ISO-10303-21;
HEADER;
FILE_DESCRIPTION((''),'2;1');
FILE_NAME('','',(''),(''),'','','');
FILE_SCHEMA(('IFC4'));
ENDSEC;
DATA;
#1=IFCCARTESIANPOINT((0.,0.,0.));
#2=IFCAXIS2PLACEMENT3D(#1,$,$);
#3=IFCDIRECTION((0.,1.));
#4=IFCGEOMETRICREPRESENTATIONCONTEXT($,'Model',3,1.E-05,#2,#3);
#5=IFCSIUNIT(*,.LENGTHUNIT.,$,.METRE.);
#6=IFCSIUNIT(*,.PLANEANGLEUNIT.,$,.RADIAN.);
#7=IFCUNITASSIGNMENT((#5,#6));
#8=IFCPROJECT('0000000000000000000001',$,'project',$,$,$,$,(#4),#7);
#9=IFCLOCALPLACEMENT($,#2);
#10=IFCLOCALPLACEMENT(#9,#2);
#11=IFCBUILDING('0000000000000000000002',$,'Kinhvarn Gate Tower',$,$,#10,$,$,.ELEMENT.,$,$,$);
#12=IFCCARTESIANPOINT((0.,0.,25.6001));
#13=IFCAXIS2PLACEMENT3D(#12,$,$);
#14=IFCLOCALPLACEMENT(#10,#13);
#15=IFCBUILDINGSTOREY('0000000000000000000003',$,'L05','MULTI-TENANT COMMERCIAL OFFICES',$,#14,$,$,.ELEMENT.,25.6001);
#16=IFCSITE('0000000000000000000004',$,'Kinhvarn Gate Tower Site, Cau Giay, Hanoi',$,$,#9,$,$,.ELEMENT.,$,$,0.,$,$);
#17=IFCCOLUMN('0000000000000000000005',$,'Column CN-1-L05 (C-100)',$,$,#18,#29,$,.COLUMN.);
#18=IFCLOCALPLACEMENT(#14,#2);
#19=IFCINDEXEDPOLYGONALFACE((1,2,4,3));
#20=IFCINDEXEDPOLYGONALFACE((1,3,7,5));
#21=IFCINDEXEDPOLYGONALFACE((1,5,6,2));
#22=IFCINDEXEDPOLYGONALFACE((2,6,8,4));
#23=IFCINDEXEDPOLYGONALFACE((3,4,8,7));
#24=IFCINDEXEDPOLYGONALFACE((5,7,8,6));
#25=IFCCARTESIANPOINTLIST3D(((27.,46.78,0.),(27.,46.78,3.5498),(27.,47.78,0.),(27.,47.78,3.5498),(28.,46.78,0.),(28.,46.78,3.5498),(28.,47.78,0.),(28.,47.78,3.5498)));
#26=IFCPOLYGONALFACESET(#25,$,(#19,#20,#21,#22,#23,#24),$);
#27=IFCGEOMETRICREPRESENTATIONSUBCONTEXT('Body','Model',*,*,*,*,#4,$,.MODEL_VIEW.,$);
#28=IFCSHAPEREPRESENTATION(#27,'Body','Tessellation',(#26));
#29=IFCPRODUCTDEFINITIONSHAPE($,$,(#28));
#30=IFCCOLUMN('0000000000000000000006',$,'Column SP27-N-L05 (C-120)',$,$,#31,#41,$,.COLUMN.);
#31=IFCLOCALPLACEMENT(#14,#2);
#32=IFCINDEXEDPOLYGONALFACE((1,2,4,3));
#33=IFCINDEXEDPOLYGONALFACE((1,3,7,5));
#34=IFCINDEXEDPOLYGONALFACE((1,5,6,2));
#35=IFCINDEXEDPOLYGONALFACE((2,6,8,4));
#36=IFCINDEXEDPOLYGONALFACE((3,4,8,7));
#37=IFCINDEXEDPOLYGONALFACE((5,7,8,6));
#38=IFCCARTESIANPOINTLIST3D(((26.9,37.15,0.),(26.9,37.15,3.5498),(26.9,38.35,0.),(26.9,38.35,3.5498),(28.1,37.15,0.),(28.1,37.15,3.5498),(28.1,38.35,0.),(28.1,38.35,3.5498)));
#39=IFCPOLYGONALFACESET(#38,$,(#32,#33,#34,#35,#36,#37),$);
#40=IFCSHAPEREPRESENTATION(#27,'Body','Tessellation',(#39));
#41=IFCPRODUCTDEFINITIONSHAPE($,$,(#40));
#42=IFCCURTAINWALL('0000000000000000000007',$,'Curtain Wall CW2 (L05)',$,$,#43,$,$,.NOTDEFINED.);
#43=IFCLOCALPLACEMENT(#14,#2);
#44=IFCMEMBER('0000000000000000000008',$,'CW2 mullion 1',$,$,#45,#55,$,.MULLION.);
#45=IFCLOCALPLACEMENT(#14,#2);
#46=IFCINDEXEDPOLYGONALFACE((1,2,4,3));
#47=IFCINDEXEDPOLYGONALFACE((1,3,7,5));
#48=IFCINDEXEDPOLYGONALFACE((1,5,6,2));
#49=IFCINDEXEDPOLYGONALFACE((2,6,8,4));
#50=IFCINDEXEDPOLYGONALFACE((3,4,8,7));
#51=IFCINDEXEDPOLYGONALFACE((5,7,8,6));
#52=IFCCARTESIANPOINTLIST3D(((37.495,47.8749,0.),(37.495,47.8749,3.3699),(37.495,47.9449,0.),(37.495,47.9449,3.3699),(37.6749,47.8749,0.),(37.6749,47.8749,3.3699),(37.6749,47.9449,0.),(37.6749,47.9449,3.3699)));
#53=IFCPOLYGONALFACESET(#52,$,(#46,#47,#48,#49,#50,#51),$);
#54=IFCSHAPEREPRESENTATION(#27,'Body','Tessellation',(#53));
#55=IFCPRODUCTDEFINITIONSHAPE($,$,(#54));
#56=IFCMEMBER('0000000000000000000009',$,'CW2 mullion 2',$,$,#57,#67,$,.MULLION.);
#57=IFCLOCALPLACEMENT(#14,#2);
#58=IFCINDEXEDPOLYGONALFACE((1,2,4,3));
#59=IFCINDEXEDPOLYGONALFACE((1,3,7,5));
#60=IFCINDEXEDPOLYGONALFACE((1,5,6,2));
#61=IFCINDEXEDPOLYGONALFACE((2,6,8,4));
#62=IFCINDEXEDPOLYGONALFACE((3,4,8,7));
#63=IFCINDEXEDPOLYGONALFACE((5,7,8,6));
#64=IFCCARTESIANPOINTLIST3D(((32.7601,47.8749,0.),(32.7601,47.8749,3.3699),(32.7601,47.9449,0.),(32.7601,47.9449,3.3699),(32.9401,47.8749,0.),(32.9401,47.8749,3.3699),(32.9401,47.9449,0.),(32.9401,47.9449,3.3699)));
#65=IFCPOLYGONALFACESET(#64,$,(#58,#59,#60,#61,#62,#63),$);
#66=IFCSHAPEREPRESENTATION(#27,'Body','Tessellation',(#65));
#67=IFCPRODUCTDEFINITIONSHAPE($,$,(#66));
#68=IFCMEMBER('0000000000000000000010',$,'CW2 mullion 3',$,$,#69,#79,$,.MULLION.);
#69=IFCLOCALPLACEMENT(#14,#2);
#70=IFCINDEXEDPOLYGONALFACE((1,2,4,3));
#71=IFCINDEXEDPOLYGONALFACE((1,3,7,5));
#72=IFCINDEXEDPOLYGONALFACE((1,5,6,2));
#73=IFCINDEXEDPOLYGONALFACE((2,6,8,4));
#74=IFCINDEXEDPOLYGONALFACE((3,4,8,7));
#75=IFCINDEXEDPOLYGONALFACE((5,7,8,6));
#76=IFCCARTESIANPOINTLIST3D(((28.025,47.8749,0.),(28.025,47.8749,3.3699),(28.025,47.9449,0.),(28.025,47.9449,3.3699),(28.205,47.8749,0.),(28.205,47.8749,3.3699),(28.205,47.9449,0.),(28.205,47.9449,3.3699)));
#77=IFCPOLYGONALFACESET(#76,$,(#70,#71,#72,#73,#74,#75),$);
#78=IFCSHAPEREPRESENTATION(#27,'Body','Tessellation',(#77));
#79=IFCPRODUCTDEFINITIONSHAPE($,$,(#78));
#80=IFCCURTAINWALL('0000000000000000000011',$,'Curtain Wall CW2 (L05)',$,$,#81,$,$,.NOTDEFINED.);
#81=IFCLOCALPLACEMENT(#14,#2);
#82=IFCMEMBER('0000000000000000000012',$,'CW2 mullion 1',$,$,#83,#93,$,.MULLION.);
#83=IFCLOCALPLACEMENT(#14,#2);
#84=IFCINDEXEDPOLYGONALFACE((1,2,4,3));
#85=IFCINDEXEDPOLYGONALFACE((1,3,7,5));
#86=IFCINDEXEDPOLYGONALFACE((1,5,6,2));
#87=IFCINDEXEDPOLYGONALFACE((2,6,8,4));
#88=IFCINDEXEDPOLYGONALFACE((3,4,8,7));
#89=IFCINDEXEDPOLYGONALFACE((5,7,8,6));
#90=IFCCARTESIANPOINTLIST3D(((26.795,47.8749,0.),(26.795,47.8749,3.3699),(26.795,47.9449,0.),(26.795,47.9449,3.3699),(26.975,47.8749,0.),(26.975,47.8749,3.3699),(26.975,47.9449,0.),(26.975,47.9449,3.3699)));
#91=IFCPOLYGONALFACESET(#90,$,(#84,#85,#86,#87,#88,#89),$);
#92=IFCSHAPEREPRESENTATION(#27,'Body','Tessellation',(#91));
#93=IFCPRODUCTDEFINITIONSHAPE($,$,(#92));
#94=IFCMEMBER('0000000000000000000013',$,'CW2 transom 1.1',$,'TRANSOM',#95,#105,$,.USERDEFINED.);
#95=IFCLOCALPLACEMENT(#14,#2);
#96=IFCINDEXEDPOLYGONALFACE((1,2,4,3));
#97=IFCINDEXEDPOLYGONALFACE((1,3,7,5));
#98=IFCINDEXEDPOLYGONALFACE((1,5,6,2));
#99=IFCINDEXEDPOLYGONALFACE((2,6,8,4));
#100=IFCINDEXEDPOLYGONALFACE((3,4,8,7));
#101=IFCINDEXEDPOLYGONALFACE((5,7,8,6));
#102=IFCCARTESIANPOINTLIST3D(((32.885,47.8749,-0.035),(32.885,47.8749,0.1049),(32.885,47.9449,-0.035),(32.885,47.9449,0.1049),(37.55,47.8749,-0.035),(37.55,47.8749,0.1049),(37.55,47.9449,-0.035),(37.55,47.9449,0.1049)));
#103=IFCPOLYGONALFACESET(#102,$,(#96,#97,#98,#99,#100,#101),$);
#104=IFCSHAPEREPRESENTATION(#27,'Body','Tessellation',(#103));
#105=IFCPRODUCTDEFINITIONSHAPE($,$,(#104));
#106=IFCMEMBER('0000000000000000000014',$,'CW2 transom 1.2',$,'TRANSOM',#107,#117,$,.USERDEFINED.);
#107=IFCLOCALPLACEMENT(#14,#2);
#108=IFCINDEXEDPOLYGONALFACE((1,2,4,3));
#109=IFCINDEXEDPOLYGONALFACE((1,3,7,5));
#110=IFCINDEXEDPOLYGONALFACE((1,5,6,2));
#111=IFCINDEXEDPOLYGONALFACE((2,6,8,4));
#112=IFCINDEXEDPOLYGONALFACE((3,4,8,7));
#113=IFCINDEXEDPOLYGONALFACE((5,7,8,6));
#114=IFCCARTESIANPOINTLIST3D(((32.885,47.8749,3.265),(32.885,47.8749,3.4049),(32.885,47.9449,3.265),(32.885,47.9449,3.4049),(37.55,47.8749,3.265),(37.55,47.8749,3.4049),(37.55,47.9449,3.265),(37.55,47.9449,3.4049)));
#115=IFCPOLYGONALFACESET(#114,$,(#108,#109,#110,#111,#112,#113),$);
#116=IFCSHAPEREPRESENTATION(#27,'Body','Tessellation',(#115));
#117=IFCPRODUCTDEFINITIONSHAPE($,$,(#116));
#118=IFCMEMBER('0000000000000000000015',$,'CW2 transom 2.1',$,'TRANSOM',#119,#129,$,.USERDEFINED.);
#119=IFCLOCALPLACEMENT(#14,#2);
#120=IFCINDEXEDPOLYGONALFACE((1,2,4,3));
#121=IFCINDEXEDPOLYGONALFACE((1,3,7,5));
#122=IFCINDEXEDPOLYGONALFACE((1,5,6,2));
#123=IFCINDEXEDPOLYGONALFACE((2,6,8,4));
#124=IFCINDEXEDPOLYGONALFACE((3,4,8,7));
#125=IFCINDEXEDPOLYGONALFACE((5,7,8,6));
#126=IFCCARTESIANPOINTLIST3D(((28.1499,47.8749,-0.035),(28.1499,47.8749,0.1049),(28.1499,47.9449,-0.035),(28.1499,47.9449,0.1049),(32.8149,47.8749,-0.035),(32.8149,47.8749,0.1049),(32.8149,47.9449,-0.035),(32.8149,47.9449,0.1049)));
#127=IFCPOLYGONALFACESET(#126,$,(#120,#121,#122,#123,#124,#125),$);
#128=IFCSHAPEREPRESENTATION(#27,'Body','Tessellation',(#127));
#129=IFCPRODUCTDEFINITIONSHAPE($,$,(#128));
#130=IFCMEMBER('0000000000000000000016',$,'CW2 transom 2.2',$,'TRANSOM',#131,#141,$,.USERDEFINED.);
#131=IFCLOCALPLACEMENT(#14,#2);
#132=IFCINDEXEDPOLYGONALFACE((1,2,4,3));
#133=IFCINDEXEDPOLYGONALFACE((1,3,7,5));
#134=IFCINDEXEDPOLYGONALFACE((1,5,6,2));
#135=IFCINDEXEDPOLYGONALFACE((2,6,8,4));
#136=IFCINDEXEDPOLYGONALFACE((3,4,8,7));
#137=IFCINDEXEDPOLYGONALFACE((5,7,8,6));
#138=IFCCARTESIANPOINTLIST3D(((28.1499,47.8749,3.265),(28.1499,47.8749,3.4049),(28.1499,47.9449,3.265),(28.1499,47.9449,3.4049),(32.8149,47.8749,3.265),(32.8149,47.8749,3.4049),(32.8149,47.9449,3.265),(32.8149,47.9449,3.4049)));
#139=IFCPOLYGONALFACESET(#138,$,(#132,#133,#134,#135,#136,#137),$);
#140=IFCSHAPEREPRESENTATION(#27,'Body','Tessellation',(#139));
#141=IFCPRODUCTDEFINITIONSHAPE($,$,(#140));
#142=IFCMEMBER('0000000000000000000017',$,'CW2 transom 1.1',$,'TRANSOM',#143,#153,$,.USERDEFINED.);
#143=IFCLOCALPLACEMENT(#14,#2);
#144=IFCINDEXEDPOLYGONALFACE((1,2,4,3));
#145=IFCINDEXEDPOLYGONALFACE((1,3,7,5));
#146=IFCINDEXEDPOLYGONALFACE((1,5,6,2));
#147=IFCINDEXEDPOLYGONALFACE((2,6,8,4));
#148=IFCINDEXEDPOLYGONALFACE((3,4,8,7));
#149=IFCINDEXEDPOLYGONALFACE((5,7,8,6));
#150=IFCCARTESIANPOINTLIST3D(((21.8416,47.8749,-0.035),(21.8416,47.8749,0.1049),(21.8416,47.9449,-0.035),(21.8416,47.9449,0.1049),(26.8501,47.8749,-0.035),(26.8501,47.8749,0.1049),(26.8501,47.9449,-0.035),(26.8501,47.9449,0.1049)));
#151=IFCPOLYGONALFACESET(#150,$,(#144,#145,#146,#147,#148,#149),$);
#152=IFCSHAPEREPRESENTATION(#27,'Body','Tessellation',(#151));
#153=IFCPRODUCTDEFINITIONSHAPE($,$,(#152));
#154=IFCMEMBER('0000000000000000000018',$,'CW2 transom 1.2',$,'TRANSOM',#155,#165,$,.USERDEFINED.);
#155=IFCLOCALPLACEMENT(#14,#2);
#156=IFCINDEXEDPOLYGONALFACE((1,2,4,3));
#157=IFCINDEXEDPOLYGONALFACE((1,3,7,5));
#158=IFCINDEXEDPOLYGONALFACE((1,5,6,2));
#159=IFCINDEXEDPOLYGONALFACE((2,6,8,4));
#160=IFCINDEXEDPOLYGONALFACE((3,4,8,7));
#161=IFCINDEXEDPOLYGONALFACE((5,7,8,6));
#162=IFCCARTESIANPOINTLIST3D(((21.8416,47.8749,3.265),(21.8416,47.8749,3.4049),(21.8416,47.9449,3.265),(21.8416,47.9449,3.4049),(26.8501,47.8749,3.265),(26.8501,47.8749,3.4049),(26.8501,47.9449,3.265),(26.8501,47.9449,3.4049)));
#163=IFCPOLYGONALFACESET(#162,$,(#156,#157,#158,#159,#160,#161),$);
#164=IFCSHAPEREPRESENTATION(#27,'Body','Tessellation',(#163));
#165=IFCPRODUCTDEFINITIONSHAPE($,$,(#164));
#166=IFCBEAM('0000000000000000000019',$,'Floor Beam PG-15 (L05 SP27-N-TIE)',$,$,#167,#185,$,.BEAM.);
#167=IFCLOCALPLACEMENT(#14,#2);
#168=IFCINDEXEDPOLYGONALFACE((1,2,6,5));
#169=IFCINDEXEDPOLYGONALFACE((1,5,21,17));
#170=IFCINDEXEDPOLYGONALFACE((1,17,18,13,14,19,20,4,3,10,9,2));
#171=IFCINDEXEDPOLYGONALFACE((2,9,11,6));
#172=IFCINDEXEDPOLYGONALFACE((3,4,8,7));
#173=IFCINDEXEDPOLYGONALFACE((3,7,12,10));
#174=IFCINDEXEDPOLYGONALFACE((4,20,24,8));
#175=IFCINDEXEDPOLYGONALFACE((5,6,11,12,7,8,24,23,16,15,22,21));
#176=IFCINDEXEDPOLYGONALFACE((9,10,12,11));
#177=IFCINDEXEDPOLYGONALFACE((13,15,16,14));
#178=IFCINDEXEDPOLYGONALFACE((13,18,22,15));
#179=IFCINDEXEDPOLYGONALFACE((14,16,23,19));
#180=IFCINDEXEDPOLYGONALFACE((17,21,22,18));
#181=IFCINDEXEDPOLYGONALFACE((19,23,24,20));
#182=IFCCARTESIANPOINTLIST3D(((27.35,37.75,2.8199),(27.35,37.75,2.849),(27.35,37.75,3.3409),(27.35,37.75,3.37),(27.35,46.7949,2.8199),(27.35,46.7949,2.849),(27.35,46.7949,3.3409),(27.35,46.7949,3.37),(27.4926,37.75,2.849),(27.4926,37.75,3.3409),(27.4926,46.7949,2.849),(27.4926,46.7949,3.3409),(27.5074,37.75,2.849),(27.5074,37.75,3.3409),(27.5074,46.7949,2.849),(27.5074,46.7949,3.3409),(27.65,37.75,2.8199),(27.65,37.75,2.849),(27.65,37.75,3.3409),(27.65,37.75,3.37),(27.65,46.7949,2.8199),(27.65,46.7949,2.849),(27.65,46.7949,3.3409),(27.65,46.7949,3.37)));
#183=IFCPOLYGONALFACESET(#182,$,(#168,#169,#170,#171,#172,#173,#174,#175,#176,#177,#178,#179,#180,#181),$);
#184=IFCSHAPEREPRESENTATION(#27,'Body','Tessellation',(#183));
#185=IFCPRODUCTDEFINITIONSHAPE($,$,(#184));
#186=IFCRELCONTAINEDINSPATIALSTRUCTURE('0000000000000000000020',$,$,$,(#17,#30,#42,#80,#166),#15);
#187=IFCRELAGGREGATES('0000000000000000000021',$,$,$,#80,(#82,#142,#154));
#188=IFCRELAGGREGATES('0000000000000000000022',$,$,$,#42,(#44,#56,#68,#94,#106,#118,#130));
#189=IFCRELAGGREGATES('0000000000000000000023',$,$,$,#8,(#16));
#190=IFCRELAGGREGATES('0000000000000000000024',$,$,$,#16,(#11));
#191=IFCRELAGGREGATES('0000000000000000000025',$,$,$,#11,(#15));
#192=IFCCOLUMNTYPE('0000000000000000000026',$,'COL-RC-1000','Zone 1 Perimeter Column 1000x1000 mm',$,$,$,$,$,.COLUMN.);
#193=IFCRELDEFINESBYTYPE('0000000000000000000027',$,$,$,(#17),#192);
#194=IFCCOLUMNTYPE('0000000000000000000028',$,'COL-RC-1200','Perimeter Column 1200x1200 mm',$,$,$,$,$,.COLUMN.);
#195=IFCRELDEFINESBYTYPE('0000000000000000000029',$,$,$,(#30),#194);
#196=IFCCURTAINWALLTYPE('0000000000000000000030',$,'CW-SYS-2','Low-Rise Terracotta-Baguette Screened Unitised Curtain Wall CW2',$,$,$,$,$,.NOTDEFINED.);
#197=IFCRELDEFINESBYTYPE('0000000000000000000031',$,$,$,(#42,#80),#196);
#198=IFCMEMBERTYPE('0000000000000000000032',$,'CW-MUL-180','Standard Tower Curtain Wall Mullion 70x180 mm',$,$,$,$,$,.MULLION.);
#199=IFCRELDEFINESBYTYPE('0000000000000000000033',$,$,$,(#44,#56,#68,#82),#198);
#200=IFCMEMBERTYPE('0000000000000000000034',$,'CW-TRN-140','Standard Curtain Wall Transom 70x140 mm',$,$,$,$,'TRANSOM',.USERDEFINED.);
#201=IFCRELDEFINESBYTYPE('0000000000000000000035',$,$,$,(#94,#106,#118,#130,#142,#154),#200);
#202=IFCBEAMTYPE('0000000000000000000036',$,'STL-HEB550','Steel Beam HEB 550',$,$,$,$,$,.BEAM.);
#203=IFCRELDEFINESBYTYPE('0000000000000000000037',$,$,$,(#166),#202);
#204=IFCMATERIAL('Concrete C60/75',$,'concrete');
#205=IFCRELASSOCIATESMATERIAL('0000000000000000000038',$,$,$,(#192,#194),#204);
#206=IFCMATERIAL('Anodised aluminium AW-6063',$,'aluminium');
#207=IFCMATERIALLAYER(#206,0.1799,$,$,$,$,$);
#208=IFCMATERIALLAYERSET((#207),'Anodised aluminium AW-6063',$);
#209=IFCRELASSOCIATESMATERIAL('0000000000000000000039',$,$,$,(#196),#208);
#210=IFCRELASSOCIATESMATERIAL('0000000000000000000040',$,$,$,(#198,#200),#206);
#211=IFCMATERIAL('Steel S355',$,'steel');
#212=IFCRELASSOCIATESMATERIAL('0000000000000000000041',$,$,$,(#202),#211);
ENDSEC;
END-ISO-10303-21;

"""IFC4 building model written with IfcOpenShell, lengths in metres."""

from ifc_helpers import new_model, si_unit, direction, frame, origin, origin_2d, place, context, subcontext, project, spatial, rectangle, i_section, extrude, material, layer, layer_set, material_profile, profile_set, type_object, element, aggregate, save


model = new_model("IFC4")

# Units and contexts
model_context = context("Model", 3, precision=1e-05, world=origin(), true_north=direction((0.0, 1.0)))
body_context = subcontext(model_context, "Body", "Model", "MODEL_VIEW")
ifc_project = project(units=[si_unit("LENGTHUNIT", "METRE"), si_unit("PLANEANGLEUNIT", "RADIAN")], contexts=[model_context])

# Site, building, storey
site_placement = place(None, origin())
site = spatial("IfcSite", under=ifc_project, at=site_placement, Name="Kinhvarn Gate Tower Site, Cau Giay, Hanoi", CompositionType="ELEMENT", RefElevation=0.0)
building_placement = place(site_placement, origin())
building = spatial("IfcBuilding", under=site, at=building_placement, Name="Kinhvarn Gate Tower", CompositionType="ELEMENT")
storey_placement = place(building_placement, frame((0.0, 0.0, 25.6001)))
storey = spatial("IfcBuildingStorey", under=building, at=storey_placement, Name="L05", Description="MULTI-TENANT COMMERCIAL OFFICES", CompositionType="ELEMENT", Elevation=25.6001)

# Columns
ifc_material_1 = material(Name="Concrete C60/75", Category="concrete")
ifc_material_profile_1 = material_profile(ifc_material_1, rectangle(XDim=1.0, YDim=1.0, at=origin_2d()), Name="RC 1000x1000")
ifc_profile_set_1 = profile_set([ifc_material_profile_1], Name="Concrete C60/75")
column_type_1 = type_object("IfcColumnType", Name="COL-RC-1000", Description="Zone 1 Perimeter Column 1000x1000 mm", PredefinedType="COLUMN", material=ifc_profile_set_1)
column_1_placement = place(storey_placement, frame((27.5, 47.28, 0.0), z_axis=(0.0, 0.0, 1.0), x_axis=(1.0, 0.0, 0.0)))
element("IfcColumn", 1, at=column_1_placement, inside=storey, type_object=column_type_1, Name="Column CN-1-L05 (C-100)", PredefinedType="COLUMN", context=body_context, shape_type="SweptSolid", body=[
    extrude(rectangle(XDim=1.0, YDim=1.0, at=origin_2d()), origin(), (0.0, 0.0, 1.0), 3.5498),
])
ifc_material_profile_2 = material_profile(ifc_material_1, rectangle(XDim=1.2, YDim=1.2, at=origin_2d()), Name="RC 1200x1200")
ifc_profile_set_2 = profile_set([ifc_material_profile_2], Name="Concrete C60/75")
column_type_2 = type_object("IfcColumnType", Name="COL-RC-1200", Description="Perimeter Column 1200x1200 mm", PredefinedType="COLUMN", material=ifc_profile_set_2)
column_2_placement = place(storey_placement, frame((27.5, 37.75, 0.0), z_axis=(0.0, 0.0, 1.0), x_axis=(1.0, 0.0, 0.0)))
element("IfcColumn", 2, at=column_2_placement, inside=storey, type_object=column_type_2, Name="Column SP27-N-L05 (C-120)", PredefinedType="COLUMN", context=body_context, shape_type="SweptSolid", body=[
    extrude(rectangle(XDim=1.2, YDim=1.2, at=origin_2d()), origin(), (0.0, 0.0, 1.0), 3.5498),
])

# Curtain wall, members
ifc_material_2 = material(Name="Anodised aluminium AW-6063", Category="aluminium")
ifc_layer_1 = layer(ifc_material_2, 0.1799)
ifc_layer_set_1 = layer_set([ifc_layer_1], Name="Anodised aluminium AW-6063")
curtain_wall_type = type_object("IfcCurtainWallType", Name="CW-SYS-2", Description="Low-Rise Terracotta-Baguette Screened Unitised Curtain Wall CW2", PredefinedType="NOTDEFINED", material=ifc_layer_set_1)
curtain_wall_1_placement = place(storey_placement, origin())
curtain_wall_1 = element("IfcCurtainWall", 3, at=curtain_wall_1_placement, inside=storey, type_object=curtain_wall_type, Name="Curtain Wall CW2 (L05)", PredefinedType="NOTDEFINED")
ifc_material_profile_3 = material_profile(ifc_material_2, rectangle(XDim=0.0701, YDim=0.1799, at=origin_2d()), Name="ALU 70x180")
ifc_profile_set_3 = profile_set([ifc_material_profile_3], Name="Anodised aluminium AW-6063")
member_type_1 = type_object("IfcMemberType", Name="CW-MUL-180", Description="Standard Tower Curtain Wall Mullion 70x180 mm", PredefinedType="MULLION", material=ifc_profile_set_3)
member_1_placement = place(storey_placement, frame((37.585, 47.9099, 0.0), z_axis=(0.0, 0.0, 1.0), x_axis=(0.0, -1.0, 0.0)))
member_1 = element("IfcMember", 4, at=member_1_placement, type_object=member_type_1, Name="CW2 mullion 1", PredefinedType="MULLION", context=body_context, shape_type="SweptSolid", body=[
    extrude(rectangle(XDim=0.0701, YDim=0.1799, at=origin_2d()), origin(), (0.0, 0.0, 1.0), 3.3699),
])
member_2_placement = place(storey_placement, frame((32.8501, 47.9099, 0.0), z_axis=(0.0, 0.0, 1.0), x_axis=(0.0, -1.0, 0.0)))
member_2 = element("IfcMember", 5, at=member_2_placement, type_object=member_type_1, Name="CW2 mullion 2", PredefinedType="MULLION", context=body_context, shape_type="SweptSolid", body=[
    extrude(rectangle(XDim=0.0701, YDim=0.1799, at=origin_2d()), origin(), (0.0, 0.0, 1.0), 3.3699),
])
member_3_placement = place(storey_placement, frame((28.115, 47.9099, 0.0), z_axis=(0.0, 0.0, 1.0), x_axis=(0.0, -1.0, 0.0)))
member_3 = element("IfcMember", 6, at=member_3_placement, type_object=member_type_1, Name="CW2 mullion 3", PredefinedType="MULLION", context=body_context, shape_type="SweptSolid", body=[
    extrude(rectangle(XDim=0.0701, YDim=0.1799, at=origin_2d()), origin(), (0.0, 0.0, 1.0), 3.3699),
])

# Curtain wall, member
curtain_wall_2_placement = place(storey_placement, origin())
curtain_wall_2 = element("IfcCurtainWall", 7, at=curtain_wall_2_placement, inside=storey, type_object=curtain_wall_type, Name="Curtain Wall CW2 (L05)", PredefinedType="NOTDEFINED")
member_4_placement = place(storey_placement, frame((26.885, 47.9099, 0.0), z_axis=(0.0, 0.0, 1.0), x_axis=(0.0, -1.0, 0.0)))
member_4 = element("IfcMember", 8, at=member_4_placement, type_object=member_type_1, Name="CW2 mullion 1", PredefinedType="MULLION", context=body_context, shape_type="SweptSolid", body=[
    extrude(rectangle(XDim=0.0701, YDim=0.1799, at=origin_2d()), origin(), (0.0, 0.0, 1.0), 3.3699),
])

# Members
ifc_material_profile_4 = material_profile(ifc_material_2, rectangle(XDim=0.0701, YDim=0.1399, at=origin_2d()), Name="ALU 70x140")
ifc_profile_set_4 = profile_set([ifc_material_profile_4], Name="Anodised aluminium AW-6063")
member_type_2 = type_object("IfcMemberType", Name="CW-TRN-140", Description="Standard Curtain Wall Transom 70x140 mm", ElementType="TRANSOM", PredefinedType="USERDEFINED", material=ifc_profile_set_4)
member_5_placement = place(storey_placement, frame((37.55, 47.9099, 0.0349), z_axis=(-1.0, 0.0, 0.0), x_axis=(0.0, -1.0, 0.0)))
member_5 = element("IfcMember", 9, at=member_5_placement, type_object=member_type_2, Name="CW2 transom 1.1", ObjectType="TRANSOM", PredefinedType="USERDEFINED", context=body_context, shape_type="SweptSolid", body=[
    extrude(rectangle(XDim=0.0701, YDim=0.1399, at=origin_2d()), origin(), (0.0, 0.0, 1.0), 4.665),
])
member_6_placement = place(storey_placement, frame((37.55, 47.9099, 3.335), z_axis=(-1.0, 0.0, 0.0), x_axis=(0.0, -1.0, 0.0)))
member_6 = element("IfcMember", 10, at=member_6_placement, type_object=member_type_2, Name="CW2 transom 1.2", ObjectType="TRANSOM", PredefinedType="USERDEFINED", context=body_context, shape_type="SweptSolid", body=[
    extrude(rectangle(XDim=0.0701, YDim=0.1399, at=origin_2d()), origin(), (0.0, 0.0, 1.0), 4.665),
])
member_7_placement = place(storey_placement, frame((32.8149, 47.9099, 0.0349), z_axis=(-1.0, 0.0, 0.0), x_axis=(0.0, -1.0, 0.0)))
member_7 = element("IfcMember", 11, at=member_7_placement, type_object=member_type_2, Name="CW2 transom 2.1", ObjectType="TRANSOM", PredefinedType="USERDEFINED", context=body_context, shape_type="SweptSolid", body=[
    extrude(rectangle(XDim=0.0701, YDim=0.1399, at=origin_2d()), origin(), (0.0, 0.0, 1.0), 4.665),
])
member_8_placement = place(storey_placement, frame((32.8149, 47.9099, 3.335), z_axis=(-1.0, 0.0, 0.0), x_axis=(0.0, -1.0, 0.0)))
member_8 = element("IfcMember", 12, at=member_8_placement, type_object=member_type_2, Name="CW2 transom 2.2", ObjectType="TRANSOM", PredefinedType="USERDEFINED", context=body_context, shape_type="SweptSolid", body=[
    extrude(rectangle(XDim=0.0701, YDim=0.1399, at=origin_2d()), origin(), (0.0, 0.0, 1.0), 4.665),
])
member_9_placement = place(storey_placement, frame((26.8501, 47.9099, 0.0349), z_axis=(-1.0, 0.0, 0.0), x_axis=(0.0, -1.0, 0.0)))
member_9 = element("IfcMember", 13, at=member_9_placement, type_object=member_type_2, Name="CW2 transom 1.1", ObjectType="TRANSOM", PredefinedType="USERDEFINED", context=body_context, shape_type="SweptSolid", body=[
    extrude(rectangle(XDim=0.0701, YDim=0.1399, at=origin_2d()), origin(), (0.0, 0.0, 1.0), 5.0085),
])
member_10_placement = place(storey_placement, frame((26.8501, 47.9099, 3.335), z_axis=(-1.0, 0.0, 0.0), x_axis=(0.0, -1.0, 0.0)))
member_10 = element("IfcMember", 14, at=member_10_placement, type_object=member_type_2, Name="CW2 transom 1.2", ObjectType="TRANSOM", PredefinedType="USERDEFINED", context=body_context, shape_type="SweptSolid", body=[
    extrude(rectangle(XDim=0.0701, YDim=0.1399, at=origin_2d()), origin(), (0.0, 0.0, 1.0), 5.0085),
])
aggregate(curtain_wall_2, [member_4, member_9, member_10])

# Beam
ifc_material_3 = material(Name="Steel S355", Category="steel")
ifc_material_profile_5 = material_profile(ifc_material_3, i_section(OverallWidth=0.3, OverallDepth=0.55, WebThickness=0.0149, FlangeThickness=0.0291, at=origin_2d()), Name="HEB 550")
ifc_profile_set_5 = profile_set([ifc_material_profile_5], Name="Steel S355")
beam_type_1 = type_object("IfcBeamType", Name="STL-HEB550", Description="Steel Beam HEB 550", PredefinedType="BEAM", material=ifc_profile_set_5)
beam_1_placement = place(storey_placement, frame((27.5, 37.75, 3.095), z_axis=(0.0, 1.0, 0.0), x_axis=(-1.0, 0.0, 0.0)))
element("IfcBeam", 15, at=beam_1_placement, inside=storey, type_object=beam_type_1, Name="Floor Beam PG-15 (L05 SP27-N-TIE)", PredefinedType="BEAM", context=body_context, shape_type="SweptSolid", body=[
    extrude(i_section(OverallWidth=0.3, OverallDepth=0.55, WebThickness=0.0149, FlangeThickness=0.0291, at=origin_2d()), origin(), (0.0, 0.0, 1.0), 9.0449),
])

aggregate(curtain_wall_1, [member_1, member_2, member_3, member_5, member_6, member_7, member_8])

save(model, "model.ifc")
